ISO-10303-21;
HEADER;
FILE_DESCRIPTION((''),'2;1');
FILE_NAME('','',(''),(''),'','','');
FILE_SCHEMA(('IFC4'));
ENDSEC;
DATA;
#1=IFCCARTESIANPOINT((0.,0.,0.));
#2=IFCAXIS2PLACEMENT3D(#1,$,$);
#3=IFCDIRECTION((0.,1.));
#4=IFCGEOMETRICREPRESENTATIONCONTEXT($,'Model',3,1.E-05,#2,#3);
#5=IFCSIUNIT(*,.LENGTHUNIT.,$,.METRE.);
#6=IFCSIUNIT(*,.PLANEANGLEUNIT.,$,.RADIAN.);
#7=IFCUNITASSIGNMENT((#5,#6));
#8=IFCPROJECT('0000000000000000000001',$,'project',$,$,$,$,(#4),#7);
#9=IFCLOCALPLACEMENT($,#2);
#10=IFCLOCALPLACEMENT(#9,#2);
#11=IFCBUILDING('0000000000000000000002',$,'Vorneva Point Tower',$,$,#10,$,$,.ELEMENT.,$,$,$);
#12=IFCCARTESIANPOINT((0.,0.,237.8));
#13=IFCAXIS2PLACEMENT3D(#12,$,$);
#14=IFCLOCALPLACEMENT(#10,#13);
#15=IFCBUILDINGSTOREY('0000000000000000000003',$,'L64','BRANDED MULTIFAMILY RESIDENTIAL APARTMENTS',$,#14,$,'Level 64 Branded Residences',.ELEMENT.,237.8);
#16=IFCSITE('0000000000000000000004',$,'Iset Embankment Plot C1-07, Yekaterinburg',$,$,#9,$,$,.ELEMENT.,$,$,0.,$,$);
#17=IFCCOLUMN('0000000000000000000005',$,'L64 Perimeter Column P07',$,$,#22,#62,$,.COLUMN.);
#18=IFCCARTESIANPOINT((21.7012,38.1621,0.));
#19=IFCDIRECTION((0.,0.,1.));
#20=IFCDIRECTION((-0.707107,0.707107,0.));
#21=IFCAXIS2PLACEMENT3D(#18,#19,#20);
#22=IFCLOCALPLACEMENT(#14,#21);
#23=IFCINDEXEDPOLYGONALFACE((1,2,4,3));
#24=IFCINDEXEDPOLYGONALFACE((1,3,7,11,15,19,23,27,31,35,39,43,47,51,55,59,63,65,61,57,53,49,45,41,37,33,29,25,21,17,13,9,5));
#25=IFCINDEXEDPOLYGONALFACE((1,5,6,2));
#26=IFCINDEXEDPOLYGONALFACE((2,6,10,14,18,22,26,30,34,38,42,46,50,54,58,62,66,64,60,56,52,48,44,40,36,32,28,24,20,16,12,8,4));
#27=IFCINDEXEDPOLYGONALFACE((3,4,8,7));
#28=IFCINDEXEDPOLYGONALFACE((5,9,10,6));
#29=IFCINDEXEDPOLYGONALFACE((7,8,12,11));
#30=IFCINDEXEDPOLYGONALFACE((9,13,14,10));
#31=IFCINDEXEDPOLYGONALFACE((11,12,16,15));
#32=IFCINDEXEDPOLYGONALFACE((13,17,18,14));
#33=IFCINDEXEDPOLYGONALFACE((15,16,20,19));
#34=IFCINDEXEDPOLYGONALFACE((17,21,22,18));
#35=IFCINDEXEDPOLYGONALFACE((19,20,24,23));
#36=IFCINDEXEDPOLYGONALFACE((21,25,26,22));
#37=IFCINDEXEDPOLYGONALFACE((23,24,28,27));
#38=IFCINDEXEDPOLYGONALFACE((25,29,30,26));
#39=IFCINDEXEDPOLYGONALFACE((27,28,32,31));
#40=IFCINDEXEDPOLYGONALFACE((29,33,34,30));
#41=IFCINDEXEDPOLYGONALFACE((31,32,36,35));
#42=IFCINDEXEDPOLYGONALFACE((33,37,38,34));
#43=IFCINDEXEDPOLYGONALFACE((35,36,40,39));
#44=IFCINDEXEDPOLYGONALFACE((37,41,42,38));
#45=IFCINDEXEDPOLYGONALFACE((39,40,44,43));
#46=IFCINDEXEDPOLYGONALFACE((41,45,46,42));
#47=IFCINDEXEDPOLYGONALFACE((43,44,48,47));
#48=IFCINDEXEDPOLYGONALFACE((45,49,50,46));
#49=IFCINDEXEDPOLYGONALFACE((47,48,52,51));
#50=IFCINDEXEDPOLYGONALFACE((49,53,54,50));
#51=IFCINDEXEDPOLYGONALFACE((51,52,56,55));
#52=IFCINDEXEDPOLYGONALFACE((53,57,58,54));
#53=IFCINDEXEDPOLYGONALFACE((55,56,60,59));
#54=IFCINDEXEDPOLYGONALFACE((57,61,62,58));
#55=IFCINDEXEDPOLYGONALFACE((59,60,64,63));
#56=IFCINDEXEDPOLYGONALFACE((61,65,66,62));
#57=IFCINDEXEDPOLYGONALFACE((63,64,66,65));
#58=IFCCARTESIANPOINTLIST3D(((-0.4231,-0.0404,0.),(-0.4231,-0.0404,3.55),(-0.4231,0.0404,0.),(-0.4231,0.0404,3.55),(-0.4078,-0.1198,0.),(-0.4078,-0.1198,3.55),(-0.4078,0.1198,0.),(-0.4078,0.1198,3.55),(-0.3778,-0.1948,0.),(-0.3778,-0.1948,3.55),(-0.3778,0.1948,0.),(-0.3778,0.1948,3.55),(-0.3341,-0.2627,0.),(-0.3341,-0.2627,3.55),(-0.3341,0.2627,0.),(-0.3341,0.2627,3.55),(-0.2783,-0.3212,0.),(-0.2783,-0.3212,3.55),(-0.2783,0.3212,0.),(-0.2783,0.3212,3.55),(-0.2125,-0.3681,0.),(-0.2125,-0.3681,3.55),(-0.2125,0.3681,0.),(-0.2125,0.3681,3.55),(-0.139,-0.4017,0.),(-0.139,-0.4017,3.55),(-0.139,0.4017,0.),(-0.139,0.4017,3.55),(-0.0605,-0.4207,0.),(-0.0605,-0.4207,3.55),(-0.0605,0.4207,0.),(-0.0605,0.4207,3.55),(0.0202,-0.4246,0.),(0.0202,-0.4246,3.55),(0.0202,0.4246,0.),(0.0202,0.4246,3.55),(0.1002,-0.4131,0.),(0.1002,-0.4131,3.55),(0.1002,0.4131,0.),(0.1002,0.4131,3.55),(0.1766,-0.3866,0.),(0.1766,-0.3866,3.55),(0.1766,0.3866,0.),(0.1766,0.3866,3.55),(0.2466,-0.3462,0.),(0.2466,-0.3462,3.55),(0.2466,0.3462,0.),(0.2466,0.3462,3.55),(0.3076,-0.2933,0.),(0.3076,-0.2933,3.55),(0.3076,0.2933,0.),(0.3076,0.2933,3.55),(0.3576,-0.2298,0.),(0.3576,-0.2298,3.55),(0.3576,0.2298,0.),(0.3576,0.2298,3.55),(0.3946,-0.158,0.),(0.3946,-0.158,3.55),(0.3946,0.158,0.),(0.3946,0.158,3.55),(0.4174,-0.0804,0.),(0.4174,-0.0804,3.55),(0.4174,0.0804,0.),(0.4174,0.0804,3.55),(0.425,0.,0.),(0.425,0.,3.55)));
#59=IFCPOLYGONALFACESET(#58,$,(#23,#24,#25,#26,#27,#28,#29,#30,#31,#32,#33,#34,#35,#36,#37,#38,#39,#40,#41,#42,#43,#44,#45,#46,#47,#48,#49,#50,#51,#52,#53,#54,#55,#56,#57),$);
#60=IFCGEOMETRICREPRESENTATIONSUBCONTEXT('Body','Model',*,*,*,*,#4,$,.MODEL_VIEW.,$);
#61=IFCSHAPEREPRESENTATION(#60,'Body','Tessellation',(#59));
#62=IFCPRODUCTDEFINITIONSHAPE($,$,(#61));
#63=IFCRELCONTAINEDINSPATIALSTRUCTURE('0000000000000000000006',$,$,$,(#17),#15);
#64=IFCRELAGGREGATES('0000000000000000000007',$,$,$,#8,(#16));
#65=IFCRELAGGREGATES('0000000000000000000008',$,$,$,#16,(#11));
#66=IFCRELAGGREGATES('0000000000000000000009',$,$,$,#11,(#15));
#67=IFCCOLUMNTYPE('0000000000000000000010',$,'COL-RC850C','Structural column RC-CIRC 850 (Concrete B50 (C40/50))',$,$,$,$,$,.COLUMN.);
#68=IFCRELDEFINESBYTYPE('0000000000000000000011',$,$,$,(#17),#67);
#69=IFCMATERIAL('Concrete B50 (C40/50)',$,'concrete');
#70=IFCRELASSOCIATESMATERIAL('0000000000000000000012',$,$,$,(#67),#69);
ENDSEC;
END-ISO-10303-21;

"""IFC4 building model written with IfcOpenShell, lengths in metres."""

from ifc_helpers import new_model, si_unit, direction, frame, origin, origin_2d, place, context, subcontext, project, spatial, circle, extrude, material, material_profile, profile_set, type_object, element, save


model = new_model("IFC4")

# Units and contexts
model_context = context("Model", 3, precision=1e-05, world=origin(), true_north=direction((0.0, 1.0)))
body_context = subcontext(model_context, "Body", "Model", "MODEL_VIEW")
ifc_project = project(units=[si_unit("LENGTHUNIT", "METRE"), si_unit("PLANEANGLEUNIT", "RADIAN")], contexts=[model_context])

# Site, building, storey
site_placement = place(None, origin())
site = spatial("IfcSite", under=ifc_project, at=site_placement, Name="Iset Embankment Plot C1-07, Yekaterinburg", CompositionType="ELEMENT", RefElevation=0.0)
building_placement = place(site_placement, origin())
building = spatial("IfcBuilding", under=site, at=building_placement, Name="Vorneva Point Tower", CompositionType="ELEMENT")
storey_placement = place(building_placement, frame((0.0, 0.0, 237.8)))
storey = spatial("IfcBuildingStorey", under=building, at=storey_placement, Name="L64", Description="BRANDED MULTIFAMILY RESIDENTIAL APARTMENTS", LongName="Level 64 Branded Residences", CompositionType="ELEMENT", Elevation=237.8)

# Column
ifc_material_1 = material(Name="Concrete B50 (C40/50)", Category="concrete")
ifc_material_profile_1 = material_profile(ifc_material_1, circle(Radius=0.425, at=origin_2d()), Name="RC-CIRC 850")
ifc_profile_set_1 = profile_set([ifc_material_profile_1], Name="Concrete B50 (C40/50)")
column_type = type_object("IfcColumnType", Name="COL-RC850C", Description="Structural column RC-CIRC 850 (Concrete B50 (C40/50))", PredefinedType="COLUMN", material=ifc_profile_set_1)
column_placement = place(storey_placement, frame((21.7012, 38.1621, 0.0), z_axis=(0.0, 0.0, 1.0), x_axis=(-0.707107, 0.707107, 0.0)))
element("IfcColumn", 1, at=column_placement, inside=storey, type_object=column_type, Name="L64 Perimeter Column P07", PredefinedType="COLUMN", context=body_context, shape_type="SweptSolid", body=[
    extrude(circle(Radius=0.425, at=origin_2d()), origin(), (0.0, 0.0, 1.0), 3.55),
])

save(model, "model.ifc")
